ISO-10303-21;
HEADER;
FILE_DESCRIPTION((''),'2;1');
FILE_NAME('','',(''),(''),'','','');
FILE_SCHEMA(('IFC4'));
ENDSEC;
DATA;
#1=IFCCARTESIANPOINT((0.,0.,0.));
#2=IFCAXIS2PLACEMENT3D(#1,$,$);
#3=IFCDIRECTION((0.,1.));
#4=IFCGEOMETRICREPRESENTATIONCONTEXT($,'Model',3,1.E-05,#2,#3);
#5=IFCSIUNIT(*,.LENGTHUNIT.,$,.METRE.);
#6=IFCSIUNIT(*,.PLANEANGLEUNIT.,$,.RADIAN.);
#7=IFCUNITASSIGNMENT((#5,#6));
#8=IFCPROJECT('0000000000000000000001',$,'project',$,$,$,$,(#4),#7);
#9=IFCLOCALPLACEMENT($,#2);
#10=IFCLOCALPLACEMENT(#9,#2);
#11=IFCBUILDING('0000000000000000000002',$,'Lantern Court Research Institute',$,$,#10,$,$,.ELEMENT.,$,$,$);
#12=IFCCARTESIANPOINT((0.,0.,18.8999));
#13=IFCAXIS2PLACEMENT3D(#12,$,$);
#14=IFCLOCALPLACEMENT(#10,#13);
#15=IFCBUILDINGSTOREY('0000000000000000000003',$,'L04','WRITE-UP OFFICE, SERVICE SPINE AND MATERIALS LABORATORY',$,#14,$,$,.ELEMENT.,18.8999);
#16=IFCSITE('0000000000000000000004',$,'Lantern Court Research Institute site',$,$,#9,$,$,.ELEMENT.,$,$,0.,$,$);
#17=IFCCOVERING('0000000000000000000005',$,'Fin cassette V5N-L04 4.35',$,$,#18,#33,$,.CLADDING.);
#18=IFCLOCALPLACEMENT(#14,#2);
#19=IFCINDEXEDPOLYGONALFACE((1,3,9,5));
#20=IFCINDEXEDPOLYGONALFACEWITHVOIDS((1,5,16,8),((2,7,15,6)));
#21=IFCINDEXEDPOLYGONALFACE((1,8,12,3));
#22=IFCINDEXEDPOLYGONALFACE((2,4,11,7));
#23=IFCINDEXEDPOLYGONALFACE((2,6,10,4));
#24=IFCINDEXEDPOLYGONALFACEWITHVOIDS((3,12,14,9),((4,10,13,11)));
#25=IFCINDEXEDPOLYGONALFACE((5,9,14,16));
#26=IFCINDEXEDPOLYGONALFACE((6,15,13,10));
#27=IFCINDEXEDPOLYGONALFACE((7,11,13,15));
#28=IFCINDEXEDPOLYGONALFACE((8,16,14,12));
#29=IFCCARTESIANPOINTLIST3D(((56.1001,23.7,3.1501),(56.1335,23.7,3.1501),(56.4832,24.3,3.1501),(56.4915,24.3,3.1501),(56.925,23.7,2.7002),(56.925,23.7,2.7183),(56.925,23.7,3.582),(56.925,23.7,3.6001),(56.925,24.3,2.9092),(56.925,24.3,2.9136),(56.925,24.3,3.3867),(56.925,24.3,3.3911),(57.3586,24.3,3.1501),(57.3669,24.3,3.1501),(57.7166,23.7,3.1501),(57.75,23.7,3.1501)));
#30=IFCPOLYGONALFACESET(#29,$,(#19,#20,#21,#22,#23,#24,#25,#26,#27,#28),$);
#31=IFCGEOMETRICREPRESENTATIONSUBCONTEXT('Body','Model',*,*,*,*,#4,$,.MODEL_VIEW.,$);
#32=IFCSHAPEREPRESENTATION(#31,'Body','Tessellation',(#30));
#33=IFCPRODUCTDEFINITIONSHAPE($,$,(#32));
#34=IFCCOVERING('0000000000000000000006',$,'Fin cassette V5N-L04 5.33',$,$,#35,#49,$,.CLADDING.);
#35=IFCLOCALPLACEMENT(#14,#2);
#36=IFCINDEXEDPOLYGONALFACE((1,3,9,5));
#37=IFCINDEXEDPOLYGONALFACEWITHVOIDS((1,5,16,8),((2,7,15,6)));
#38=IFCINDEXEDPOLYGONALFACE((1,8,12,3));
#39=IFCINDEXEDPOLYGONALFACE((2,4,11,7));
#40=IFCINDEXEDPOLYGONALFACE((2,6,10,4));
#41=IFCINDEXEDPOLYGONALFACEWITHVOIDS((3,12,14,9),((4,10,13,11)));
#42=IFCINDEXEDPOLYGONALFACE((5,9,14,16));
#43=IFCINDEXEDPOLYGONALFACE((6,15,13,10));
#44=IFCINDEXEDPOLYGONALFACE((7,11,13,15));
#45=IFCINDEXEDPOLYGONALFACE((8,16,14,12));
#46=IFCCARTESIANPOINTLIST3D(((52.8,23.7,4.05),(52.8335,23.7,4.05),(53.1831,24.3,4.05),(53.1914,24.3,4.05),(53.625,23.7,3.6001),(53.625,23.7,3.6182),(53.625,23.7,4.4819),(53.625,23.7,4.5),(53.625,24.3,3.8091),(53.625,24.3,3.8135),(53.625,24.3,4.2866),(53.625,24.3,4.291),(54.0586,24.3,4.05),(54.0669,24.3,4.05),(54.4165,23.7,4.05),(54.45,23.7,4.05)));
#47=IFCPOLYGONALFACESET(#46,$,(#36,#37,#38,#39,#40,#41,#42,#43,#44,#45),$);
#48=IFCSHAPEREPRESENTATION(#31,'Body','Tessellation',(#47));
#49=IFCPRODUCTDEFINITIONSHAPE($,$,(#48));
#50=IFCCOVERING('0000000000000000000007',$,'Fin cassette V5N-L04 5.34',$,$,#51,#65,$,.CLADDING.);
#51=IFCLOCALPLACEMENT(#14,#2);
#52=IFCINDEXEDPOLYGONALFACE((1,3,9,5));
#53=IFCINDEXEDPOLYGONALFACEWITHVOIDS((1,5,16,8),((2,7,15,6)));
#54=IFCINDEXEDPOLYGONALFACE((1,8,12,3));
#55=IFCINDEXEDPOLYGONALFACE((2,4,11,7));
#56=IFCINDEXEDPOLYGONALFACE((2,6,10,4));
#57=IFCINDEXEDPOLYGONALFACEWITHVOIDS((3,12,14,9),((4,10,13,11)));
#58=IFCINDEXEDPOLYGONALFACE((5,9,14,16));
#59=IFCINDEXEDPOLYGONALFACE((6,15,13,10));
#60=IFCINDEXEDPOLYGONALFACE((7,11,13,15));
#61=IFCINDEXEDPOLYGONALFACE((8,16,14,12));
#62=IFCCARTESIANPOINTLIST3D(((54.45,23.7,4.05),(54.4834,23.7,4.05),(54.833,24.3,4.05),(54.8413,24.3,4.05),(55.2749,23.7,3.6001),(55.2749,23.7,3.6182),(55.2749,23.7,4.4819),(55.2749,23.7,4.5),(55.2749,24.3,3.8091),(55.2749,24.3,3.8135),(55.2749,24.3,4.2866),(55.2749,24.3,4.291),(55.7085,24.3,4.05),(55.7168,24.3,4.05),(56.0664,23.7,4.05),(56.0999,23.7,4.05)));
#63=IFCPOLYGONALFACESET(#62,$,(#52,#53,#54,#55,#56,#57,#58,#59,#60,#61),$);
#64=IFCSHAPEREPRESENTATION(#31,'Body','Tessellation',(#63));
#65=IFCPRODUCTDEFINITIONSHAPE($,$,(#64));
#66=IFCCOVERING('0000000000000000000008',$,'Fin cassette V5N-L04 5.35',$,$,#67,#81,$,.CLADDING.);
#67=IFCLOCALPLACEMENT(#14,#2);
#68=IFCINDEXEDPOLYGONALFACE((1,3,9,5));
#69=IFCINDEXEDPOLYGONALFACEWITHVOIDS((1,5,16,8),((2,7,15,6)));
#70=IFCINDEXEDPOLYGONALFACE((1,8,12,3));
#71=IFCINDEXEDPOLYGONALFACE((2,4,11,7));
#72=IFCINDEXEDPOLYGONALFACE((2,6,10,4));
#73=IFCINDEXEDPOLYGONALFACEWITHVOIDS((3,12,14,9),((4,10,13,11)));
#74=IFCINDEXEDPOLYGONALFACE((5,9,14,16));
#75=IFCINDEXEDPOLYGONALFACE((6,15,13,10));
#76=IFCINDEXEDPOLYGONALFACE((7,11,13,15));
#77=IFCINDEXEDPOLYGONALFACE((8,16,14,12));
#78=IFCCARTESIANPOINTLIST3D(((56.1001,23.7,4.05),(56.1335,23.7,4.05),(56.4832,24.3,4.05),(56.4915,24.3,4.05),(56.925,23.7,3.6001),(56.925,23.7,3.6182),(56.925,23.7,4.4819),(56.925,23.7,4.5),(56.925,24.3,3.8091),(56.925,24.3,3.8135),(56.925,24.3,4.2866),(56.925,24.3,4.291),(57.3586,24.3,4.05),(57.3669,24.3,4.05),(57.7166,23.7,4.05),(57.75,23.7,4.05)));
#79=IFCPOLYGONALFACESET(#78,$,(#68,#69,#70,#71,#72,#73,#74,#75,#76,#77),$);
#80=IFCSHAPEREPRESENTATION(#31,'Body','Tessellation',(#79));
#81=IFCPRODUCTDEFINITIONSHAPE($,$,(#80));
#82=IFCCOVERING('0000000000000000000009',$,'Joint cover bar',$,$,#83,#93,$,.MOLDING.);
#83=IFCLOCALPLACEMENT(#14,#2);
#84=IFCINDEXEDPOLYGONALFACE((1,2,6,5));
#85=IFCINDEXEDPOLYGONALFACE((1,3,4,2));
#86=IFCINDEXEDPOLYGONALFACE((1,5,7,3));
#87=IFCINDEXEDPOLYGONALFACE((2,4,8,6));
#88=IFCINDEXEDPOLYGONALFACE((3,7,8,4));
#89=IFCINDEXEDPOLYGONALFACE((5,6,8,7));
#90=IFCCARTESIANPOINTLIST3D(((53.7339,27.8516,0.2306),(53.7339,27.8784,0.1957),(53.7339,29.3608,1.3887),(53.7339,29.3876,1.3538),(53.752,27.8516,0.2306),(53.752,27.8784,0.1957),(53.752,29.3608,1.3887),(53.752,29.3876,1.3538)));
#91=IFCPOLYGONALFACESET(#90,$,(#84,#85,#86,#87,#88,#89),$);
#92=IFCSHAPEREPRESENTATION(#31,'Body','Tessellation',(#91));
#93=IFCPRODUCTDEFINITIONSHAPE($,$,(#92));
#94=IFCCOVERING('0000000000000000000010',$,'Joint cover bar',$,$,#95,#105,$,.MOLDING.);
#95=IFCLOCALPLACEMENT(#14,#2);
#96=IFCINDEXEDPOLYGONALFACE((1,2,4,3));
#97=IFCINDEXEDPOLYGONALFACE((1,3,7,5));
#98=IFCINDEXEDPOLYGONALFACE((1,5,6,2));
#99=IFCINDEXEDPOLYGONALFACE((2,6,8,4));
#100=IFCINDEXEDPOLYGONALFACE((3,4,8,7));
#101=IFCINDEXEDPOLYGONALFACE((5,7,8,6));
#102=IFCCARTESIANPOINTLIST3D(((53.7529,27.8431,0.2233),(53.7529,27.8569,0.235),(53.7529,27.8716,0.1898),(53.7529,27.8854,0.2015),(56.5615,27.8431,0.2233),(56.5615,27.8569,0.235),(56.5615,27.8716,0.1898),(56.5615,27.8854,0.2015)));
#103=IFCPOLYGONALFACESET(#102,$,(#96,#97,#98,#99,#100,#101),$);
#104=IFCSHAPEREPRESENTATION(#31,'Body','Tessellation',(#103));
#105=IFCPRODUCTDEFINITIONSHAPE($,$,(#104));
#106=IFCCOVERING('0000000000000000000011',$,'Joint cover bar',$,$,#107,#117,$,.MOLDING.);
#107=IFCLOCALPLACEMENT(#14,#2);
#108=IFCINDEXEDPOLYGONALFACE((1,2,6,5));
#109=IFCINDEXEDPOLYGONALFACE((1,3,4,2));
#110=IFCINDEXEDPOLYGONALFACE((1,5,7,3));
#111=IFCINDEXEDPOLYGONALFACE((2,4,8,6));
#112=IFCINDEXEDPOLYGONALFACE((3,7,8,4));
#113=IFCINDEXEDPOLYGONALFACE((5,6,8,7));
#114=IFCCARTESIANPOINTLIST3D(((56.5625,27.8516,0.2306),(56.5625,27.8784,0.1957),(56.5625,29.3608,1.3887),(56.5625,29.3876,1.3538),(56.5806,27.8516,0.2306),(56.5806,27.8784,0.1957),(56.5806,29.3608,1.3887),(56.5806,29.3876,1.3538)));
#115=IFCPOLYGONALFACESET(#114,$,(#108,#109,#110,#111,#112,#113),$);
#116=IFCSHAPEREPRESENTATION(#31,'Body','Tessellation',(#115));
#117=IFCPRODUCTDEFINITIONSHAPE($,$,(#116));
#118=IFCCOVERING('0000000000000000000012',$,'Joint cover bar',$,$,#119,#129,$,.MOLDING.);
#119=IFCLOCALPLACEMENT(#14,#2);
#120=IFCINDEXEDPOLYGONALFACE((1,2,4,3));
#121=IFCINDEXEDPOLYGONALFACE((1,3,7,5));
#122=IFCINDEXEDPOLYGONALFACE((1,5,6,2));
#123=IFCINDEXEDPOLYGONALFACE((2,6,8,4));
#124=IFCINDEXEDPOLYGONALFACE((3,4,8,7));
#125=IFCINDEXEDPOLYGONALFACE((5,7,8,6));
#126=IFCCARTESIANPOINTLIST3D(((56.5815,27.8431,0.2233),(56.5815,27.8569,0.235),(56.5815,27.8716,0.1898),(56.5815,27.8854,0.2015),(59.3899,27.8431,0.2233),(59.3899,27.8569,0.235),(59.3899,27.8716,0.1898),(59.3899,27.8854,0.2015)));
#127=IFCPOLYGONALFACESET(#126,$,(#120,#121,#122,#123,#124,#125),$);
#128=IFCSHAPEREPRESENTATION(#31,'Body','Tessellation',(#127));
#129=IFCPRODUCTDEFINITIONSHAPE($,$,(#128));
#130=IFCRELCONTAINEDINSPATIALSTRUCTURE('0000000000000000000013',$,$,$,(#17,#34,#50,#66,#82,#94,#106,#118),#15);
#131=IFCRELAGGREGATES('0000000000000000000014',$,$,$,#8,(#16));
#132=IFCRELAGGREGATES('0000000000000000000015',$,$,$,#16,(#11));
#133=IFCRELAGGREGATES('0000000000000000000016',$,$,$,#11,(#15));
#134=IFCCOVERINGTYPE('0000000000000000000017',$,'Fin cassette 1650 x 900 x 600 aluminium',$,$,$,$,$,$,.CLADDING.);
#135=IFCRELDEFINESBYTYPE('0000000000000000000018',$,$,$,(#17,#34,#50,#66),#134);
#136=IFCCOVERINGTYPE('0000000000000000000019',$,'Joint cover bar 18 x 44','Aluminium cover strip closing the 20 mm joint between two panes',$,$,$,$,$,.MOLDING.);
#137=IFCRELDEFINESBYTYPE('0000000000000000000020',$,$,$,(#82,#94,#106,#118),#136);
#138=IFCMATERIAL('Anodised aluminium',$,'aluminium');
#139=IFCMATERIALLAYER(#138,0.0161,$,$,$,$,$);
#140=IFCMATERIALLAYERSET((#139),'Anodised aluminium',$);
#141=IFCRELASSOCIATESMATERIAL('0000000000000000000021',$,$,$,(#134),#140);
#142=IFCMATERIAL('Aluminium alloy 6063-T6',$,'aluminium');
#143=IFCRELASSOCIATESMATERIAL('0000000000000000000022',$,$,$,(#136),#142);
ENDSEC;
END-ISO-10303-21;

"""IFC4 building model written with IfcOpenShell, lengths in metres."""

from ifc_helpers import new_model, entity, si_unit, direction, frame, origin, origin_2d, place, context, subcontext, project, spatial, rectangle, extrude, material, layer, layer_set, material_profile, profile_set, type_object, element, save


model = new_model("IFC4")

# Units and contexts
model_context = context("Model", 3, precision=1e-05, world=origin(), true_north=direction((0.0, 1.0)))
body_context = subcontext(model_context, "Body", "Model", "MODEL_VIEW")
ifc_project = project(units=[si_unit("LENGTHUNIT", "METRE"), si_unit("PLANEANGLEUNIT", "RADIAN")], contexts=[model_context])

# Site, building, storey
site_placement = place(None, origin())
site = spatial("IfcSite", under=ifc_project, at=site_placement, Name="Lantern Court Research Institute site", CompositionType="ELEMENT", RefElevation=0.0)
building_placement = place(site_placement, origin())
building = spatial("IfcBuilding", under=site, at=building_placement, Name="Lantern Court Research Institute", CompositionType="ELEMENT")
storey_placement = place(building_placement, frame((0.0, 0.0, 18.8999)))
storey = spatial("IfcBuildingStorey", under=building, at=storey_placement, Name="L04", Description="WRITE-UP OFFICE, SERVICE SPINE AND MATERIALS LABORATORY", CompositionType="ELEMENT", Elevation=18.8999)

# Coverings
ifc_material_1 = material(Name="Anodised aluminium", Category="aluminium")
ifc_layer_1 = layer(ifc_material_1, 0.0161)
ifc_layer_set_1 = layer_set([ifc_layer_1], Name="Anodised aluminium")
covering_type_1 = type_object("IfcCoveringType", Name="Fin cassette 1650 x 900 x 600 aluminium", PredefinedType="CLADDING", material=ifc_layer_set_1)
covering_1_placement = place(storey_placement, frame((56.925, 23.7, 3.1501), z_axis=(0.0, 1.0, 0.0), x_axis=(-1.0, 0.0, 0.0)))
cartesian_point_1 = entity("IfcCartesianPoint", [0.825, 0.0])
cartesian_point_2 = entity("IfcCartesianPoint", [0.7915, 0.0])
cartesian_point_3 = entity("IfcCartesianPoint", [0.4419, 0.0])
cartesian_point_4 = entity("IfcCartesianPoint", [0.4336, 0.0])
element("IfcCovering", 1, at=covering_1_placement, inside=storey, type_object=covering_type_1, Name="Fin cassette V5N-L04 4.35", PredefinedType="CLADDING", context=body_context, shape_type="SweptSolid", body=[
    entity("IfcExtrudedAreaSolidTapered", entity("IfcArbitraryProfileDefWithVoids", "AREA", None, entity("IfcPolyline", [cartesian_point_1, entity("IfcCartesianPoint", [0.0, 0.45]), entity("IfcCartesianPoint", [-0.825, 0.0]), entity("IfcCartesianPoint", [0.0, -0.45]), cartesian_point_1]), [entity("IfcPolyline", [cartesian_point_2, entity("IfcCartesianPoint", [0.0, 0.4319]), entity("IfcCartesianPoint", [-0.7915, 0.0]), entity("IfcCartesianPoint", [0.0, -0.4319]), cartesian_point_2])]), entity("IfcAxis2Placement3D", entity("IfcCartesianPoint", [0.0, 0.0, 0.0])), entity("IfcDirection", [0.0, 0.0, 1.0]), 0.6001, entity("IfcArbitraryProfileDefWithVoids", "AREA", None, entity("IfcPolyline", [cartesian_point_3, entity("IfcCartesianPoint", [0.0, 0.241]), entity("IfcCartesianPoint", [-0.4419, 0.0]), entity("IfcCartesianPoint", [0.0, -0.241]), cartesian_point_3]), [entity("IfcPolyline", [cartesian_point_4, entity("IfcCartesianPoint", [0.0, 0.2366]), entity("IfcCartesianPoint", [-0.4336, 0.0]), entity("IfcCartesianPoint", [0.0, -0.2366]), cartesian_point_4])])),
])
covering_2_placement = place(storey_placement, frame((53.625, 23.7, 4.05), z_axis=(0.0, 1.0, 0.0), x_axis=(-1.0, 0.0, 0.0)))
cartesian_point_5 = entity("IfcCartesianPoint", [0.825, 0.0])
cartesian_point_6 = entity("IfcCartesianPoint", [0.7915, 0.0])
cartesian_point_7 = entity("IfcCartesianPoint", [0.4419, 0.0])
cartesian_point_8 = entity("IfcCartesianPoint", [0.4336, 0.0])
element("IfcCovering", 2, at=covering_2_placement, inside=storey, type_object=covering_type_1, Name="Fin cassette V5N-L04 5.33", PredefinedType="CLADDING", context=body_context, shape_type="SweptSolid", body=[
    entity("IfcExtrudedAreaSolidTapered", entity("IfcArbitraryProfileDefWithVoids", "AREA", None, entity("IfcPolyline", [cartesian_point_5, entity("IfcCartesianPoint", [0.0, 0.45]), entity("IfcCartesianPoint", [-0.825, 0.0]), entity("IfcCartesianPoint", [0.0, -0.45]), cartesian_point_5]), [entity("IfcPolyline", [cartesian_point_6, entity("IfcCartesianPoint", [0.0, 0.4319]), entity("IfcCartesianPoint", [-0.7915, 0.0]), entity("IfcCartesianPoint", [0.0, -0.4319]), cartesian_point_6])]), entity("IfcAxis2Placement3D", entity("IfcCartesianPoint", [0.0, 0.0, 0.0])), entity("IfcDirection", [0.0, 0.0, 1.0]), 0.6001, entity("IfcArbitraryProfileDefWithVoids", "AREA", None, entity("IfcPolyline", [cartesian_point_7, entity("IfcCartesianPoint", [0.0, 0.241]), entity("IfcCartesianPoint", [-0.4419, 0.0]), entity("IfcCartesianPoint", [0.0, -0.241]), cartesian_point_7]), [entity("IfcPolyline", [cartesian_point_8, entity("IfcCartesianPoint", [0.0, 0.2366]), entity("IfcCartesianPoint", [-0.4336, 0.0]), entity("IfcCartesianPoint", [0.0, -0.2366]), cartesian_point_8])])),
])
covering_3_placement = place(storey_placement, frame((55.2749, 23.7, 4.05), z_axis=(0.0, 1.0, 0.0), x_axis=(-1.0, 0.0, 0.0)))
cartesian_point_9 = entity("IfcCartesianPoint", [0.825, 0.0])
cartesian_point_10 = entity("IfcCartesianPoint", [0.7915, 0.0])
cartesian_point_11 = entity("IfcCartesianPoint", [0.4419, 0.0])
cartesian_point_12 = entity("IfcCartesianPoint", [0.4336, 0.0])
element("IfcCovering", 3, at=covering_3_placement, inside=storey, type_object=covering_type_1, Name="Fin cassette V5N-L04 5.34", PredefinedType="CLADDING", context=body_context, shape_type="SweptSolid", body=[
    entity("IfcExtrudedAreaSolidTapered", entity("IfcArbitraryProfileDefWithVoids", "AREA", None, entity("IfcPolyline", [cartesian_point_9, entity("IfcCartesianPoint", [0.0, 0.45]), entity("IfcCartesianPoint", [-0.825, 0.0]), entity("IfcCartesianPoint", [0.0, -0.45]), cartesian_point_9]), [entity("IfcPolyline", [cartesian_point_10, entity("IfcCartesianPoint", [0.0, 0.4319]), entity("IfcCartesianPoint", [-0.7915, 0.0]), entity("IfcCartesianPoint", [0.0, -0.4319]), cartesian_point_10])]), entity("IfcAxis2Placement3D", entity("IfcCartesianPoint", [0.0, 0.0, 0.0])), entity("IfcDirection", [0.0, 0.0, 1.0]), 0.6001, entity("IfcArbitraryProfileDefWithVoids", "AREA", None, entity("IfcPolyline", [cartesian_point_11, entity("IfcCartesianPoint", [0.0, 0.241]), entity("IfcCartesianPoint", [-0.4419, 0.0]), entity("IfcCartesianPoint", [0.0, -0.241]), cartesian_point_11]), [entity("IfcPolyline", [cartesian_point_12, entity("IfcCartesianPoint", [0.0, 0.2366]), entity("IfcCartesianPoint", [-0.4336, 0.0]), entity("IfcCartesianPoint", [0.0, -0.2366]), cartesian_point_12])])),
])
covering_4_placement = place(storey_placement, frame((56.925, 23.7, 4.05), z_axis=(0.0, 1.0, 0.0), x_axis=(-1.0, 0.0, 0.0)))
cartesian_point_13 = entity("IfcCartesianPoint", [0.825, 0.0])
cartesian_point_14 = entity("IfcCartesianPoint", [0.7915, 0.0])
cartesian_point_15 = entity("IfcCartesianPoint", [0.4419, 0.0])
cartesian_point_16 = entity("IfcCartesianPoint", [0.4336, 0.0])
element("IfcCovering", 4, at=covering_4_placement, inside=storey, type_object=covering_type_1, Name="Fin cassette V5N-L04 5.35", PredefinedType="CLADDING", context=body_context, shape_type="SweptSolid", body=[
    entity("IfcExtrudedAreaSolidTapered", entity("IfcArbitraryProfileDefWithVoids", "AREA", None, entity("IfcPolyline", [cartesian_point_13, entity("IfcCartesianPoint", [0.0, 0.45]), entity("IfcCartesianPoint", [-0.825, 0.0]), entity("IfcCartesianPoint", [0.0, -0.45]), cartesian_point_13]), [entity("IfcPolyline", [cartesian_point_14, entity("IfcCartesianPoint", [0.0, 0.4319]), entity("IfcCartesianPoint", [-0.7915, 0.0]), entity("IfcCartesianPoint", [0.0, -0.4319]), cartesian_point_14])]), entity("IfcAxis2Placement3D", entity("IfcCartesianPoint", [0.0, 0.0, 0.0])), entity("IfcDirection", [0.0, 0.0, 1.0]), 0.6001, entity("IfcArbitraryProfileDefWithVoids", "AREA", None, entity("IfcPolyline", [cartesian_point_15, entity("IfcCartesianPoint", [0.0, 0.241]), entity("IfcCartesianPoint", [-0.4419, 0.0]), entity("IfcCartesianPoint", [0.0, -0.241]), cartesian_point_15]), [entity("IfcPolyline", [cartesian_point_16, entity("IfcCartesianPoint", [0.0, 0.2366]), entity("IfcCartesianPoint", [-0.4336, 0.0]), entity("IfcCartesianPoint", [0.0, -0.2366]), cartesian_point_16])])),
])
ifc_material_2 = material(Name="Aluminium alloy 6063-T6", Category="aluminium")
ifc_material_profile_1 = material_profile(ifc_material_2, rectangle(XDim=0.0181, YDim=0.0439, at=origin_2d()), Name="Joint cover bar 18 x 44")
ifc_profile_set_1 = profile_set([ifc_material_profile_1], Name="Aluminium alloy 6063-T6")
covering_type_2 = type_object("IfcCoveringType", Name="Joint cover bar 18 x 44", Description="Aluminium cover strip closing the 20 mm joint between two panes", PredefinedType="MOLDING", material=ifc_profile_set_1)
covering_5_placement = place(storey_placement, frame((53.7429, 27.865, 0.2131), z_axis=(0.0, 0.79333, 0.608792), x_axis=(-1.0, 0.0, 0.0)))
element("IfcCovering", 5, at=covering_5_placement, inside=storey, type_object=covering_type_2, Name="Joint cover bar", PredefinedType="MOLDING", context=body_context, shape_type="SweptSolid", body=[
    extrude(rectangle(XDim=0.0181, YDim=0.0439, at=origin_2d()), origin(), (0.0, 0.0, 1.0), 1.9023),
])
covering_6_placement = place(storey_placement, frame((53.7529, 27.8643, 0.2124), z_axis=(1.0, 0.0, 0.0), x_axis=(0.0, 0.761673, 0.647962)))
element("IfcCovering", 6, at=covering_6_placement, inside=storey, type_object=covering_type_2, Name="Joint cover bar", PredefinedType="MOLDING", context=body_context, shape_type="SweptSolid", body=[
    extrude(rectangle(XDim=0.0181, YDim=0.0439, at=origin_2d()), origin(), (0.0, 0.0, 1.0), 2.8086),
])
covering_7_placement = place(storey_placement, frame((56.5715, 27.865, 0.2131), z_axis=(0.0, 0.79333, 0.608792), x_axis=(-1.0, 0.0, 0.0)))
element("IfcCovering", 7, at=covering_7_placement, inside=storey, type_object=covering_type_2, Name="Joint cover bar", PredefinedType="MOLDING", context=body_context, shape_type="SweptSolid", body=[
    extrude(rectangle(XDim=0.0181, YDim=0.0439, at=origin_2d()), origin(), (0.0, 0.0, 1.0), 1.9023),
])
covering_8_placement = place(storey_placement, frame((56.5815, 27.8643, 0.2124), z_axis=(1.0, 0.0, 0.0), x_axis=(0.0, 0.761673, 0.647962)))
element("IfcCovering", 8, at=covering_8_placement, inside=storey, type_object=covering_type_2, Name="Joint cover bar", PredefinedType="MOLDING", context=body_context, shape_type="SweptSolid", body=[
    extrude(rectangle(XDim=0.0181, YDim=0.0439, at=origin_2d()), origin(), (0.0, 0.0, 1.0), 2.8083),
])

save(model, "model.ifc")
